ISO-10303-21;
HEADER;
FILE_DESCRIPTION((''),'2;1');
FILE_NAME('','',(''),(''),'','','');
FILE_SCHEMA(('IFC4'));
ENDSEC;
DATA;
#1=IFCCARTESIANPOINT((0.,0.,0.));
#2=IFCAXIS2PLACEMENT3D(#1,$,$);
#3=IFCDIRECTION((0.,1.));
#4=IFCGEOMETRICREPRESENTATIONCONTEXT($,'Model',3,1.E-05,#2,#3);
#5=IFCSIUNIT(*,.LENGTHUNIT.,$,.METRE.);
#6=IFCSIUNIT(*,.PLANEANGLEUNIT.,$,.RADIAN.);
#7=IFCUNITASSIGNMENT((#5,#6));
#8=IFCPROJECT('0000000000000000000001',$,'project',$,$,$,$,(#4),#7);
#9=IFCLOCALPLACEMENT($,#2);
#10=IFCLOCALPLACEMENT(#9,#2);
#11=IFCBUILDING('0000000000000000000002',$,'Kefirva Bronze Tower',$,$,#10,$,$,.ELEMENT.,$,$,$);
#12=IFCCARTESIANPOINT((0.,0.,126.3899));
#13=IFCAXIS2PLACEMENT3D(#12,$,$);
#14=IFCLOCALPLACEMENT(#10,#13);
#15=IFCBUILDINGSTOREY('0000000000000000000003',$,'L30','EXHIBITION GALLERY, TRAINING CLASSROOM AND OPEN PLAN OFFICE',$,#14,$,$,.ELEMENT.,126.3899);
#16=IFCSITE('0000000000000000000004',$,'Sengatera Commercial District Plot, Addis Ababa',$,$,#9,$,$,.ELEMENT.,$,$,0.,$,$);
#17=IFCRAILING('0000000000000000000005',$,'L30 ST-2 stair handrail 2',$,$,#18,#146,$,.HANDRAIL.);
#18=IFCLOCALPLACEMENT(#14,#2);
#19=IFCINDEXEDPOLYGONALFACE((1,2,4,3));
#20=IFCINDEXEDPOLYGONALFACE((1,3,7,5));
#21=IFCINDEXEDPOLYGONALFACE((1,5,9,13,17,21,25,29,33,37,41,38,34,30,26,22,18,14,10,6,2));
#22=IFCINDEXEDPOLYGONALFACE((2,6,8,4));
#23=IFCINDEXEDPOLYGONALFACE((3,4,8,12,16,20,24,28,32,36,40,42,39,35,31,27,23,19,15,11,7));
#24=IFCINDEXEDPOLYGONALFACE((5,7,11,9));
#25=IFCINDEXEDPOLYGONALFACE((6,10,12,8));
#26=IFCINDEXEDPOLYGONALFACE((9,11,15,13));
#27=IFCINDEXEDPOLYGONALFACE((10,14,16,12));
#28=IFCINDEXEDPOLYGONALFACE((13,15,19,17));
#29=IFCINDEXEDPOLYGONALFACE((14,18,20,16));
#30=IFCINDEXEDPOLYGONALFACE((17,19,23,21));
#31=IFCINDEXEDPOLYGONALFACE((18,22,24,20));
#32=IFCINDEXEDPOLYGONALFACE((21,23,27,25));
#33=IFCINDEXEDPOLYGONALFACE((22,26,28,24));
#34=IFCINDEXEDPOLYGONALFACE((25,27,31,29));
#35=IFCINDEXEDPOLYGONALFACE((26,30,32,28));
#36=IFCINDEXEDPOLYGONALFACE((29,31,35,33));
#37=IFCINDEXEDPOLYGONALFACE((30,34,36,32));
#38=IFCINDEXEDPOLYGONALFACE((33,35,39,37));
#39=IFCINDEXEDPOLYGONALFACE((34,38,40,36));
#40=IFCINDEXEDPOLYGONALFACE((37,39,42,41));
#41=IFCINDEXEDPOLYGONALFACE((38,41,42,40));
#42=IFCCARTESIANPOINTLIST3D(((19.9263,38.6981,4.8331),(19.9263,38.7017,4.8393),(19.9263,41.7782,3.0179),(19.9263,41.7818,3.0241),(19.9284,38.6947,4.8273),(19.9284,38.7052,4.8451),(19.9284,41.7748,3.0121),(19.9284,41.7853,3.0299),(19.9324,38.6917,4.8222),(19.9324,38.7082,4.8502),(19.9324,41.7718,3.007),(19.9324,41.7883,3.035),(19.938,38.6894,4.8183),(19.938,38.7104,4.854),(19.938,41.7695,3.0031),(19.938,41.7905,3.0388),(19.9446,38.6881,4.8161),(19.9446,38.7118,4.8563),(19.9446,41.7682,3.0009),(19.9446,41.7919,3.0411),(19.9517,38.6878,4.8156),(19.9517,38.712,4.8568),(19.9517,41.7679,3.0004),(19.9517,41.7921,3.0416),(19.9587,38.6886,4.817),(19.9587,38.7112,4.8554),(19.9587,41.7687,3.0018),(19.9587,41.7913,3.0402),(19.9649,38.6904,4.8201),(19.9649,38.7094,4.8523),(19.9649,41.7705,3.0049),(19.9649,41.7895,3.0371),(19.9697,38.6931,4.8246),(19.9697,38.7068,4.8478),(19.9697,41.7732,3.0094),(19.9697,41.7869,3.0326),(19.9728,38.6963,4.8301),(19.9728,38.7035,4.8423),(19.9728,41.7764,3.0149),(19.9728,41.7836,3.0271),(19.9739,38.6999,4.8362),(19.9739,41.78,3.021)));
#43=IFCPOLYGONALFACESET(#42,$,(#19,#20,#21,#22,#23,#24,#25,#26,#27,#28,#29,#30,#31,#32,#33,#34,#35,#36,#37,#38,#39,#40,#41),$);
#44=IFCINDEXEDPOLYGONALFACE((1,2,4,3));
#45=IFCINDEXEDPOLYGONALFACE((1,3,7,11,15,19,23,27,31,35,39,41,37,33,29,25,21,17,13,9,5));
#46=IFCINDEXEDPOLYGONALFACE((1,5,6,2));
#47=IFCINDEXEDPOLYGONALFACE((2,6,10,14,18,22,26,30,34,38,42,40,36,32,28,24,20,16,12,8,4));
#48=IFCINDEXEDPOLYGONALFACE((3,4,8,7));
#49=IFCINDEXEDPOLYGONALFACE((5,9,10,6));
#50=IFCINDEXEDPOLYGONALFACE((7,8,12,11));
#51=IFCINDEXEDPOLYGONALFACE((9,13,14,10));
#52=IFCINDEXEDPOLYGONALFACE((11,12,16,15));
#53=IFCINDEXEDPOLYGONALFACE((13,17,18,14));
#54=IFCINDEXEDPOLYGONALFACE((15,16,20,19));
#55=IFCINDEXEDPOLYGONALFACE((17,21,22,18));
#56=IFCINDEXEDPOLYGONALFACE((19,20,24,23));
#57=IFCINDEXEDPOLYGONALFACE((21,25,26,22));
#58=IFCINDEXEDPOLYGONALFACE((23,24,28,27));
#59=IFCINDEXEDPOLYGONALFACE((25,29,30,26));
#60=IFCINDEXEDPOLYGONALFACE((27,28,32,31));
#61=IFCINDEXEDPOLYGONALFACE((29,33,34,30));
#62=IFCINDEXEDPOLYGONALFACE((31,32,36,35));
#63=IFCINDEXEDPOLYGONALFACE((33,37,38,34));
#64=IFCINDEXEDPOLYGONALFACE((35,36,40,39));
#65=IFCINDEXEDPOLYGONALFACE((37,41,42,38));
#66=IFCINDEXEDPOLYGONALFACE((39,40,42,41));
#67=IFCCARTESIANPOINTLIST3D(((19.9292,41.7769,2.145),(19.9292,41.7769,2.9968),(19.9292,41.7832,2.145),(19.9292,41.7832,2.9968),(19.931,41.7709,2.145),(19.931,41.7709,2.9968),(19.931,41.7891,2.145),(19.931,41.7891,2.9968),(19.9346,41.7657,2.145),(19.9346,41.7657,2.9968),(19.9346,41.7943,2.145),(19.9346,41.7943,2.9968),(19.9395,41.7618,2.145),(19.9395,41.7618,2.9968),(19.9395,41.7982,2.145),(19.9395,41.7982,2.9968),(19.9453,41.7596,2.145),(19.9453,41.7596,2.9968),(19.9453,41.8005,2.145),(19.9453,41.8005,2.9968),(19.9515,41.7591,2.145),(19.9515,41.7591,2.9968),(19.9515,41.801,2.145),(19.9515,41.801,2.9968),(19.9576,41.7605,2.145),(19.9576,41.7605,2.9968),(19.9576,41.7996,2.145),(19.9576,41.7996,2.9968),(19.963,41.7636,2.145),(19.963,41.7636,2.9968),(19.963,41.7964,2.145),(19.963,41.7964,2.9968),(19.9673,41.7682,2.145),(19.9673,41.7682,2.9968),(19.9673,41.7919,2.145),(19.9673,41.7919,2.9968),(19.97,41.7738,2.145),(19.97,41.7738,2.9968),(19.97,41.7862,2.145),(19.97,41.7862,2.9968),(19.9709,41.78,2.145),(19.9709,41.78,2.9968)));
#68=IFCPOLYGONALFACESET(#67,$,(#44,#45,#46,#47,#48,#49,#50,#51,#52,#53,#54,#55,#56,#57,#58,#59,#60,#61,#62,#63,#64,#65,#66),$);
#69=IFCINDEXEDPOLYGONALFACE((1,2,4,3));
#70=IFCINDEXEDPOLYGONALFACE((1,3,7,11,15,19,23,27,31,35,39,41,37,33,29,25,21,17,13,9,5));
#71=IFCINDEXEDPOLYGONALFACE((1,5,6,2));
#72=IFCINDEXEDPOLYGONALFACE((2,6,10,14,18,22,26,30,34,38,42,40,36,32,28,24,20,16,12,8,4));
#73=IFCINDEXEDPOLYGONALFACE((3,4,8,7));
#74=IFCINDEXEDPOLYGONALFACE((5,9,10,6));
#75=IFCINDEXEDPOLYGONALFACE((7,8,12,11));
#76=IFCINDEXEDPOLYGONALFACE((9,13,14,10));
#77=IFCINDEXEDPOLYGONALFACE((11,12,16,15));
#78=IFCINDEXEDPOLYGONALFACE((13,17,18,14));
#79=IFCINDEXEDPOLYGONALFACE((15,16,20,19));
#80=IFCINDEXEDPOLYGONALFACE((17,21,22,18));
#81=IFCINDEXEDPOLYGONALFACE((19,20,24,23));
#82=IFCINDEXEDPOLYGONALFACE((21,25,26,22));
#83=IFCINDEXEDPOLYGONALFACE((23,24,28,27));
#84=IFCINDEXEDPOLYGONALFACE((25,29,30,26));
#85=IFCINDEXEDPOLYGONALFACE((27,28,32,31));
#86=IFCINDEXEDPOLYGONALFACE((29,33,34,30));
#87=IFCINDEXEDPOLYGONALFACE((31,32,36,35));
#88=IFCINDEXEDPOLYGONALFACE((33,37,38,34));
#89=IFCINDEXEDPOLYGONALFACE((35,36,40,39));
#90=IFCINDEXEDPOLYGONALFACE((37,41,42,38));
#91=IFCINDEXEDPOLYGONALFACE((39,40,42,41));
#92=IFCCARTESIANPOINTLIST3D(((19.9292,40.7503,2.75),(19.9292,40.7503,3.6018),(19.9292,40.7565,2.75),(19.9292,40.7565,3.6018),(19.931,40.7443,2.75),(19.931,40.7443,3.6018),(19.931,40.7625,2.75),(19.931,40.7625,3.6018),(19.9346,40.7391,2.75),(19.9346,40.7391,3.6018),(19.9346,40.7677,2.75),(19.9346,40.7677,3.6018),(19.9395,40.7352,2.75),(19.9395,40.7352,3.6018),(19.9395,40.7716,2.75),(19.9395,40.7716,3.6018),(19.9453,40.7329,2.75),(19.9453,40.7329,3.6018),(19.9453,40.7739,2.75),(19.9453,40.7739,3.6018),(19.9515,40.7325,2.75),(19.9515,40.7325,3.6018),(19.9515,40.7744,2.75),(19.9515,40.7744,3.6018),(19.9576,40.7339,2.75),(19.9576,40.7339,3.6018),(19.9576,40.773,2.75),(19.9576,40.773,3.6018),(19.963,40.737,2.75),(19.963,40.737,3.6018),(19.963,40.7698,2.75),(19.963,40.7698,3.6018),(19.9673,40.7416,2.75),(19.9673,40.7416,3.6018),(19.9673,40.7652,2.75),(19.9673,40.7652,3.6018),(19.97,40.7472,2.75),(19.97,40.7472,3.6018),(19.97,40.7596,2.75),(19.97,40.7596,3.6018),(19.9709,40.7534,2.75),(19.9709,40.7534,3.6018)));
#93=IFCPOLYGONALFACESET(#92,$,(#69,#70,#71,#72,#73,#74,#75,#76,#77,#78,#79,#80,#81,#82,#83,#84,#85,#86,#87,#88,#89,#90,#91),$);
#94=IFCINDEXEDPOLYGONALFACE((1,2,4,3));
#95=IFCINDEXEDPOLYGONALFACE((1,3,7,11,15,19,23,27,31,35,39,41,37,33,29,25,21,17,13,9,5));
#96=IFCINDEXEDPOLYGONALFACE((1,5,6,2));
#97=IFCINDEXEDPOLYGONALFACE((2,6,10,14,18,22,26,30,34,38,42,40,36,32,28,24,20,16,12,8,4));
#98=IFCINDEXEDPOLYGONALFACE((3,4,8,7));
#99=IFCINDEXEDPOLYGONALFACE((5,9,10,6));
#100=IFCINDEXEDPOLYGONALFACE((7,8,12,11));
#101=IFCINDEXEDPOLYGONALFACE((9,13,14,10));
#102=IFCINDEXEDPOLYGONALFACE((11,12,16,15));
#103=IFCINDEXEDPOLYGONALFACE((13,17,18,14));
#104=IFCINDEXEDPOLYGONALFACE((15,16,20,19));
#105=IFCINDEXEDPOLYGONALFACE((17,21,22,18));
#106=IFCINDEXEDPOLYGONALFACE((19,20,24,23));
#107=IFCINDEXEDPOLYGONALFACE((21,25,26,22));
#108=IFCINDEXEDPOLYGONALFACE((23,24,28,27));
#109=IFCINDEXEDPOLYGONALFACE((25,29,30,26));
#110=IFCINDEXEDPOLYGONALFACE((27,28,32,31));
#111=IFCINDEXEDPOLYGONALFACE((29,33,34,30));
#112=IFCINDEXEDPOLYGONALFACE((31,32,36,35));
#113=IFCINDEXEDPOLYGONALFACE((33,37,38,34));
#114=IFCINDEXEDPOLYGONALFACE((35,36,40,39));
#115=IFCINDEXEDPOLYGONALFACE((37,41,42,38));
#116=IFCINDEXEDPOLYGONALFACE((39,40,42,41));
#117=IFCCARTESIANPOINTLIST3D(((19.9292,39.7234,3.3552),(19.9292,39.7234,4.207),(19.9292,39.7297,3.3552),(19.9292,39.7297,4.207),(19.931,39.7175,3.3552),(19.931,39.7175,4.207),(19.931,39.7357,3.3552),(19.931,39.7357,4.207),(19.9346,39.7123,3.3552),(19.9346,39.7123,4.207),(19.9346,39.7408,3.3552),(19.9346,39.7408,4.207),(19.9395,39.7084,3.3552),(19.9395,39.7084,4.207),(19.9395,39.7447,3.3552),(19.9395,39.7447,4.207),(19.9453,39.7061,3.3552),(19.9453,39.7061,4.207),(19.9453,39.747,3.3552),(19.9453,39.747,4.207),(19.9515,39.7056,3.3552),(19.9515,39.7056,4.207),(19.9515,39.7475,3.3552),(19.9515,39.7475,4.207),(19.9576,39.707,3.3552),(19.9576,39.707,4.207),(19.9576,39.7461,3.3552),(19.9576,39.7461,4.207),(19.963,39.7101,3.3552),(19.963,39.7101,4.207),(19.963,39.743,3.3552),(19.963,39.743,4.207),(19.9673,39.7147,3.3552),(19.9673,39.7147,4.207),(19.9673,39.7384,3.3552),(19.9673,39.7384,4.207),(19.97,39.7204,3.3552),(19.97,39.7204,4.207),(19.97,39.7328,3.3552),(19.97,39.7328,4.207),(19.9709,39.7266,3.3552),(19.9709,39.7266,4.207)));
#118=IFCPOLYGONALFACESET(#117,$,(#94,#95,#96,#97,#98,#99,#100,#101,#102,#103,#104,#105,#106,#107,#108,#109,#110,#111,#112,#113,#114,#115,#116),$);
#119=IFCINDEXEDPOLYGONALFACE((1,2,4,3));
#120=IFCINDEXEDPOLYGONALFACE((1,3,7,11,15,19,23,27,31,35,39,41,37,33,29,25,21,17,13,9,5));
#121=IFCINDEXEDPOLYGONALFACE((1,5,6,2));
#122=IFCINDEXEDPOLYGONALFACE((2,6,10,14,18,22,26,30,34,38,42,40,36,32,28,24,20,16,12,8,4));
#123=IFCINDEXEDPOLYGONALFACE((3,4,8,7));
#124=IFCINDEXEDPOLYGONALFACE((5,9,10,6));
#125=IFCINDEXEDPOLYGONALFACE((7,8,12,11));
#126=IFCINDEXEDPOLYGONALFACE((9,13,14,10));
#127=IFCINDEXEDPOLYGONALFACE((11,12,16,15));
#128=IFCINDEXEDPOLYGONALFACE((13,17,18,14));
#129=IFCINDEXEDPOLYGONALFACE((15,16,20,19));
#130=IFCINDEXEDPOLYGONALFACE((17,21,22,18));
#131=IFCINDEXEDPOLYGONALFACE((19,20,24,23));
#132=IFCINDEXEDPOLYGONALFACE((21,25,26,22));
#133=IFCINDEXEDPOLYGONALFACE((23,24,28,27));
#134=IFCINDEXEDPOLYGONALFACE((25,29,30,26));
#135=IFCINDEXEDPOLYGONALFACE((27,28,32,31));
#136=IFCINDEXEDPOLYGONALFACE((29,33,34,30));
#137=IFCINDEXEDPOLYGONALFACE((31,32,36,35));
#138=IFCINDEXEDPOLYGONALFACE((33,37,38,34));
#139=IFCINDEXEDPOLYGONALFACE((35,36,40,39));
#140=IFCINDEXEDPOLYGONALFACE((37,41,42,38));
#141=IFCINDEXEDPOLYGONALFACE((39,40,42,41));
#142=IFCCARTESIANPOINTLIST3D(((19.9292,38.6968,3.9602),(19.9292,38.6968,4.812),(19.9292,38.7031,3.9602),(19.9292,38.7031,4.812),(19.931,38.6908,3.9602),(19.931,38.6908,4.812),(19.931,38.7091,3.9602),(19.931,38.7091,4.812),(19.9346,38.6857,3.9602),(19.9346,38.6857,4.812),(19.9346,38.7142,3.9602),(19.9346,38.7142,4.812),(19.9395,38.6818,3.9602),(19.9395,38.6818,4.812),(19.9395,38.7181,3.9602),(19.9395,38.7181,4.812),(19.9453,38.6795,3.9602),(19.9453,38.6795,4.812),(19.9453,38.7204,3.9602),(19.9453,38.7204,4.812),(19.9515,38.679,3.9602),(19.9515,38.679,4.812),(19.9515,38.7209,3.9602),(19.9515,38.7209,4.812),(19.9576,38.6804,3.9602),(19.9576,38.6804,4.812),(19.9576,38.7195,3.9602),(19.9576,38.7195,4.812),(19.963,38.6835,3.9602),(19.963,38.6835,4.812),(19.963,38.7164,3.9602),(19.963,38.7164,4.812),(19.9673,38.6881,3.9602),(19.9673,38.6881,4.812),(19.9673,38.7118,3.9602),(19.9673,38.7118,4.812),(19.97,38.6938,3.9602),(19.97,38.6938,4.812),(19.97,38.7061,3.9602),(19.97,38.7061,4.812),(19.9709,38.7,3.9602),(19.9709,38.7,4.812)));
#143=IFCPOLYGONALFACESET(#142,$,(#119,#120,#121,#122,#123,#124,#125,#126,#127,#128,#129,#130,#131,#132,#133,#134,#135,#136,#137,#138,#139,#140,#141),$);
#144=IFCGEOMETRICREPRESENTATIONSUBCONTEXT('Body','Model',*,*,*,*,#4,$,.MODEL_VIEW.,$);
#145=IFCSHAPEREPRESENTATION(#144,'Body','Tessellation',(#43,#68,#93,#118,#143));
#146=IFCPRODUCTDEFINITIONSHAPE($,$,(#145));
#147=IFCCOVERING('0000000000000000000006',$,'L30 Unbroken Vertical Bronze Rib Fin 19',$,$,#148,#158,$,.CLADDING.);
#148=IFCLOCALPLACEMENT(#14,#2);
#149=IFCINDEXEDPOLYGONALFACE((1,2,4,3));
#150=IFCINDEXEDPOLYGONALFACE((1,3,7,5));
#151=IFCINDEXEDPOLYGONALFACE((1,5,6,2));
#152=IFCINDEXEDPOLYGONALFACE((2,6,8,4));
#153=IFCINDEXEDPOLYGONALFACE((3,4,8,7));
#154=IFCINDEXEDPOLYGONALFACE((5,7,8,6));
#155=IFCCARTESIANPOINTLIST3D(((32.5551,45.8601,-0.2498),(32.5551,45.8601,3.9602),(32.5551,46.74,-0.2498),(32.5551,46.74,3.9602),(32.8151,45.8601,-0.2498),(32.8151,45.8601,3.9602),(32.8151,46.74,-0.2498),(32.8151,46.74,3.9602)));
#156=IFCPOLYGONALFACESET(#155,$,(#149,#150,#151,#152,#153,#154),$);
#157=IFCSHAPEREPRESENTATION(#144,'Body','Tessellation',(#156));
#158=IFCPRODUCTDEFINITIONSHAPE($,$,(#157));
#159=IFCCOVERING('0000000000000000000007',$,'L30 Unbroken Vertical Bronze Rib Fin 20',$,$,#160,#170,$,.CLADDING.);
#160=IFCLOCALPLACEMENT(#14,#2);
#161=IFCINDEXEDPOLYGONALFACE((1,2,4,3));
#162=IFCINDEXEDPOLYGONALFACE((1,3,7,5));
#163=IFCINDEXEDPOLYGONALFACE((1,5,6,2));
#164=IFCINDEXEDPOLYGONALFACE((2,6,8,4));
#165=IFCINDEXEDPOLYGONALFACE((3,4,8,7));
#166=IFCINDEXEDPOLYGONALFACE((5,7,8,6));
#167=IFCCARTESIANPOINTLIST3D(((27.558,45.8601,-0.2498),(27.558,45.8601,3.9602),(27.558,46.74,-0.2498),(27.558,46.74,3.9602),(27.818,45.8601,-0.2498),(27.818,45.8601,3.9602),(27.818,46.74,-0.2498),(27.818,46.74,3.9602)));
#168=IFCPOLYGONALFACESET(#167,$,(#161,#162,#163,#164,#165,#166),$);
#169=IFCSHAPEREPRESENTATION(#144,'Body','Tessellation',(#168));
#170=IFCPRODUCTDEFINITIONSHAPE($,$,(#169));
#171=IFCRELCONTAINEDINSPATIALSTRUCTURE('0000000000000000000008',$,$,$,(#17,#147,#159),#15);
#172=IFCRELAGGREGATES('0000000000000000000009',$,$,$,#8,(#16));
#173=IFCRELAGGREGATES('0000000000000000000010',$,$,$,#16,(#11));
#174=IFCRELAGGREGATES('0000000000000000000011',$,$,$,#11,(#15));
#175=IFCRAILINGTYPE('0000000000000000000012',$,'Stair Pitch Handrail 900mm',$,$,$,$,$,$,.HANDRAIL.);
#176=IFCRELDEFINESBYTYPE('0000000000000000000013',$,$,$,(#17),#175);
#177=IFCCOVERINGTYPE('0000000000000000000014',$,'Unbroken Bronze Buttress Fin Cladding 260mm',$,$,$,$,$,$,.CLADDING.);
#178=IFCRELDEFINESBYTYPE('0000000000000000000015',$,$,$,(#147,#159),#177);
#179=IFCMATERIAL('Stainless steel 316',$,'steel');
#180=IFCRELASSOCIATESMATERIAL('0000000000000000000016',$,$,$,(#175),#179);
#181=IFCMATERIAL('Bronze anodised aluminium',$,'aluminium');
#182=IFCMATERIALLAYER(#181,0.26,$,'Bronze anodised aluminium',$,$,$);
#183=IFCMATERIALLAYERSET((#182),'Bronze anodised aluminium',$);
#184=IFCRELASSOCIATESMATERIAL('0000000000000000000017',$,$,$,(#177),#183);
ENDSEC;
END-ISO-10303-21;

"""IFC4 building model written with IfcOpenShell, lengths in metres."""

from ifc_helpers import new_model, si_unit, direction, frame, origin, origin_2d, place, context, subcontext, project, spatial, rectangle, circle, extrude, material, layer, layer_set, type_object, element, save


model = new_model("IFC4")

# Units and contexts
model_context = context("Model", 3, precision=1e-05, world=origin(), true_north=direction((0.0, 1.0)))
body_context = subcontext(model_context, "Body", "Model", "MODEL_VIEW")
ifc_project = project(units=[si_unit("LENGTHUNIT", "METRE"), si_unit("PLANEANGLEUNIT", "RADIAN")], contexts=[model_context])

# Site, building, storey
site_placement = place(None, origin())
site = spatial("IfcSite", under=ifc_project, at=site_placement, Name="Sengatera Commercial District Plot, Addis Ababa", CompositionType="ELEMENT", RefElevation=0.0)
building_placement = place(site_placement, origin())
building = spatial("IfcBuilding", under=site, at=building_placement, Name="Kefirva Bronze Tower", CompositionType="ELEMENT")
storey_placement = place(building_placement, frame((0.0, 0.0, 126.3899)))
storey = spatial("IfcBuildingStorey", under=building, at=storey_placement, Name="L30", Description="EXHIBITION GALLERY, TRAINING CLASSROOM AND OPEN PLAN OFFICE", CompositionType="ELEMENT", Elevation=126.3899)

# Shared definitions
ifc_material_1 = material(Name="Bronze anodised aluminium", Category="aluminium")

# Railing
ifc_material_2 = material(Name="Stainless steel 316", Category="steel")
railing_type_1 = type_object("IfcRailingType", Name="Stair Pitch Handrail 900mm", PredefinedType="HANDRAIL", material=ifc_material_2)
railing_1_placement = place(storey_placement, frame((19.95, 41.78, 2.145)))
element("IfcRailing", 1, at=railing_1_placement, inside=storey, type_object=railing_type_1, Name="L30 ST-2 stair handrail 2", PredefinedType="HANDRAIL", context=body_context, shape_type="SweptSolid", body=[
    extrude(circle(Radius=0.0239, at=origin_2d()), frame((0.0, 0.0, 0.876), z_axis=(0.0, -0.861521, 0.507721), x_axis=(1.0, 0.0, 0.0)), (0.0, 0.0, 1.0), 3.5752),
    extrude(circle(Radius=0.021, at=origin_2d()), origin(), (0.0, 0.0, 1.0), 0.8518),
    extrude(circle(Radius=0.021, at=origin_2d()), frame((0.0, -1.0266, 0.605)), (0.0, 0.0, 1.0), 0.8518),
    extrude(circle(Radius=0.021, at=origin_2d()), frame((0.0, -2.0535, 1.2102)), (0.0, 0.0, 1.0), 0.8518),
    extrude(circle(Radius=0.021, at=origin_2d()), frame((0.0, -3.0801, 1.8152)), (0.0, 0.0, 1.0), 0.8518),
])

# Coverings
ifc_layer_1 = layer(ifc_material_1, 0.26, Name="Bronze anodised aluminium")
ifc_layer_set_1 = layer_set([ifc_layer_1], Name="Bronze anodised aluminium")
covering_type = type_object("IfcCoveringType", Name="Unbroken Bronze Buttress Fin Cladding 260mm", PredefinedType="CLADDING", material=ifc_layer_set_1)
for number, where, z_axis, x_axis, name in (
    (2, (32.6851, 46.3, -0.2498), (0.0, 0.0, 1.0), (-1.0, 0.0, 0.0), "L30 Unbroken Vertical Bronze Rib Fin 19"),
    (3, (27.688, 46.3, -0.2498), (0.0, 0.0, 1.0), (-1.0, 0.0, 0.0), "L30 Unbroken Vertical Bronze Rib Fin 20"),
):
    element("IfcCovering", number, at=place(storey_placement, frame(where, z_axis=z_axis, x_axis=x_axis)), inside=storey, type_object=covering_type, Name=name, PredefinedType="CLADDING", context=body_context, shape_type="SweptSolid", body=[
        extrude(rectangle(XDim=0.26, YDim=0.8799, at=origin_2d()), origin(), (0.0, 0.0, 1.0), 4.21),
    ])

save(model, "model.ifc")
